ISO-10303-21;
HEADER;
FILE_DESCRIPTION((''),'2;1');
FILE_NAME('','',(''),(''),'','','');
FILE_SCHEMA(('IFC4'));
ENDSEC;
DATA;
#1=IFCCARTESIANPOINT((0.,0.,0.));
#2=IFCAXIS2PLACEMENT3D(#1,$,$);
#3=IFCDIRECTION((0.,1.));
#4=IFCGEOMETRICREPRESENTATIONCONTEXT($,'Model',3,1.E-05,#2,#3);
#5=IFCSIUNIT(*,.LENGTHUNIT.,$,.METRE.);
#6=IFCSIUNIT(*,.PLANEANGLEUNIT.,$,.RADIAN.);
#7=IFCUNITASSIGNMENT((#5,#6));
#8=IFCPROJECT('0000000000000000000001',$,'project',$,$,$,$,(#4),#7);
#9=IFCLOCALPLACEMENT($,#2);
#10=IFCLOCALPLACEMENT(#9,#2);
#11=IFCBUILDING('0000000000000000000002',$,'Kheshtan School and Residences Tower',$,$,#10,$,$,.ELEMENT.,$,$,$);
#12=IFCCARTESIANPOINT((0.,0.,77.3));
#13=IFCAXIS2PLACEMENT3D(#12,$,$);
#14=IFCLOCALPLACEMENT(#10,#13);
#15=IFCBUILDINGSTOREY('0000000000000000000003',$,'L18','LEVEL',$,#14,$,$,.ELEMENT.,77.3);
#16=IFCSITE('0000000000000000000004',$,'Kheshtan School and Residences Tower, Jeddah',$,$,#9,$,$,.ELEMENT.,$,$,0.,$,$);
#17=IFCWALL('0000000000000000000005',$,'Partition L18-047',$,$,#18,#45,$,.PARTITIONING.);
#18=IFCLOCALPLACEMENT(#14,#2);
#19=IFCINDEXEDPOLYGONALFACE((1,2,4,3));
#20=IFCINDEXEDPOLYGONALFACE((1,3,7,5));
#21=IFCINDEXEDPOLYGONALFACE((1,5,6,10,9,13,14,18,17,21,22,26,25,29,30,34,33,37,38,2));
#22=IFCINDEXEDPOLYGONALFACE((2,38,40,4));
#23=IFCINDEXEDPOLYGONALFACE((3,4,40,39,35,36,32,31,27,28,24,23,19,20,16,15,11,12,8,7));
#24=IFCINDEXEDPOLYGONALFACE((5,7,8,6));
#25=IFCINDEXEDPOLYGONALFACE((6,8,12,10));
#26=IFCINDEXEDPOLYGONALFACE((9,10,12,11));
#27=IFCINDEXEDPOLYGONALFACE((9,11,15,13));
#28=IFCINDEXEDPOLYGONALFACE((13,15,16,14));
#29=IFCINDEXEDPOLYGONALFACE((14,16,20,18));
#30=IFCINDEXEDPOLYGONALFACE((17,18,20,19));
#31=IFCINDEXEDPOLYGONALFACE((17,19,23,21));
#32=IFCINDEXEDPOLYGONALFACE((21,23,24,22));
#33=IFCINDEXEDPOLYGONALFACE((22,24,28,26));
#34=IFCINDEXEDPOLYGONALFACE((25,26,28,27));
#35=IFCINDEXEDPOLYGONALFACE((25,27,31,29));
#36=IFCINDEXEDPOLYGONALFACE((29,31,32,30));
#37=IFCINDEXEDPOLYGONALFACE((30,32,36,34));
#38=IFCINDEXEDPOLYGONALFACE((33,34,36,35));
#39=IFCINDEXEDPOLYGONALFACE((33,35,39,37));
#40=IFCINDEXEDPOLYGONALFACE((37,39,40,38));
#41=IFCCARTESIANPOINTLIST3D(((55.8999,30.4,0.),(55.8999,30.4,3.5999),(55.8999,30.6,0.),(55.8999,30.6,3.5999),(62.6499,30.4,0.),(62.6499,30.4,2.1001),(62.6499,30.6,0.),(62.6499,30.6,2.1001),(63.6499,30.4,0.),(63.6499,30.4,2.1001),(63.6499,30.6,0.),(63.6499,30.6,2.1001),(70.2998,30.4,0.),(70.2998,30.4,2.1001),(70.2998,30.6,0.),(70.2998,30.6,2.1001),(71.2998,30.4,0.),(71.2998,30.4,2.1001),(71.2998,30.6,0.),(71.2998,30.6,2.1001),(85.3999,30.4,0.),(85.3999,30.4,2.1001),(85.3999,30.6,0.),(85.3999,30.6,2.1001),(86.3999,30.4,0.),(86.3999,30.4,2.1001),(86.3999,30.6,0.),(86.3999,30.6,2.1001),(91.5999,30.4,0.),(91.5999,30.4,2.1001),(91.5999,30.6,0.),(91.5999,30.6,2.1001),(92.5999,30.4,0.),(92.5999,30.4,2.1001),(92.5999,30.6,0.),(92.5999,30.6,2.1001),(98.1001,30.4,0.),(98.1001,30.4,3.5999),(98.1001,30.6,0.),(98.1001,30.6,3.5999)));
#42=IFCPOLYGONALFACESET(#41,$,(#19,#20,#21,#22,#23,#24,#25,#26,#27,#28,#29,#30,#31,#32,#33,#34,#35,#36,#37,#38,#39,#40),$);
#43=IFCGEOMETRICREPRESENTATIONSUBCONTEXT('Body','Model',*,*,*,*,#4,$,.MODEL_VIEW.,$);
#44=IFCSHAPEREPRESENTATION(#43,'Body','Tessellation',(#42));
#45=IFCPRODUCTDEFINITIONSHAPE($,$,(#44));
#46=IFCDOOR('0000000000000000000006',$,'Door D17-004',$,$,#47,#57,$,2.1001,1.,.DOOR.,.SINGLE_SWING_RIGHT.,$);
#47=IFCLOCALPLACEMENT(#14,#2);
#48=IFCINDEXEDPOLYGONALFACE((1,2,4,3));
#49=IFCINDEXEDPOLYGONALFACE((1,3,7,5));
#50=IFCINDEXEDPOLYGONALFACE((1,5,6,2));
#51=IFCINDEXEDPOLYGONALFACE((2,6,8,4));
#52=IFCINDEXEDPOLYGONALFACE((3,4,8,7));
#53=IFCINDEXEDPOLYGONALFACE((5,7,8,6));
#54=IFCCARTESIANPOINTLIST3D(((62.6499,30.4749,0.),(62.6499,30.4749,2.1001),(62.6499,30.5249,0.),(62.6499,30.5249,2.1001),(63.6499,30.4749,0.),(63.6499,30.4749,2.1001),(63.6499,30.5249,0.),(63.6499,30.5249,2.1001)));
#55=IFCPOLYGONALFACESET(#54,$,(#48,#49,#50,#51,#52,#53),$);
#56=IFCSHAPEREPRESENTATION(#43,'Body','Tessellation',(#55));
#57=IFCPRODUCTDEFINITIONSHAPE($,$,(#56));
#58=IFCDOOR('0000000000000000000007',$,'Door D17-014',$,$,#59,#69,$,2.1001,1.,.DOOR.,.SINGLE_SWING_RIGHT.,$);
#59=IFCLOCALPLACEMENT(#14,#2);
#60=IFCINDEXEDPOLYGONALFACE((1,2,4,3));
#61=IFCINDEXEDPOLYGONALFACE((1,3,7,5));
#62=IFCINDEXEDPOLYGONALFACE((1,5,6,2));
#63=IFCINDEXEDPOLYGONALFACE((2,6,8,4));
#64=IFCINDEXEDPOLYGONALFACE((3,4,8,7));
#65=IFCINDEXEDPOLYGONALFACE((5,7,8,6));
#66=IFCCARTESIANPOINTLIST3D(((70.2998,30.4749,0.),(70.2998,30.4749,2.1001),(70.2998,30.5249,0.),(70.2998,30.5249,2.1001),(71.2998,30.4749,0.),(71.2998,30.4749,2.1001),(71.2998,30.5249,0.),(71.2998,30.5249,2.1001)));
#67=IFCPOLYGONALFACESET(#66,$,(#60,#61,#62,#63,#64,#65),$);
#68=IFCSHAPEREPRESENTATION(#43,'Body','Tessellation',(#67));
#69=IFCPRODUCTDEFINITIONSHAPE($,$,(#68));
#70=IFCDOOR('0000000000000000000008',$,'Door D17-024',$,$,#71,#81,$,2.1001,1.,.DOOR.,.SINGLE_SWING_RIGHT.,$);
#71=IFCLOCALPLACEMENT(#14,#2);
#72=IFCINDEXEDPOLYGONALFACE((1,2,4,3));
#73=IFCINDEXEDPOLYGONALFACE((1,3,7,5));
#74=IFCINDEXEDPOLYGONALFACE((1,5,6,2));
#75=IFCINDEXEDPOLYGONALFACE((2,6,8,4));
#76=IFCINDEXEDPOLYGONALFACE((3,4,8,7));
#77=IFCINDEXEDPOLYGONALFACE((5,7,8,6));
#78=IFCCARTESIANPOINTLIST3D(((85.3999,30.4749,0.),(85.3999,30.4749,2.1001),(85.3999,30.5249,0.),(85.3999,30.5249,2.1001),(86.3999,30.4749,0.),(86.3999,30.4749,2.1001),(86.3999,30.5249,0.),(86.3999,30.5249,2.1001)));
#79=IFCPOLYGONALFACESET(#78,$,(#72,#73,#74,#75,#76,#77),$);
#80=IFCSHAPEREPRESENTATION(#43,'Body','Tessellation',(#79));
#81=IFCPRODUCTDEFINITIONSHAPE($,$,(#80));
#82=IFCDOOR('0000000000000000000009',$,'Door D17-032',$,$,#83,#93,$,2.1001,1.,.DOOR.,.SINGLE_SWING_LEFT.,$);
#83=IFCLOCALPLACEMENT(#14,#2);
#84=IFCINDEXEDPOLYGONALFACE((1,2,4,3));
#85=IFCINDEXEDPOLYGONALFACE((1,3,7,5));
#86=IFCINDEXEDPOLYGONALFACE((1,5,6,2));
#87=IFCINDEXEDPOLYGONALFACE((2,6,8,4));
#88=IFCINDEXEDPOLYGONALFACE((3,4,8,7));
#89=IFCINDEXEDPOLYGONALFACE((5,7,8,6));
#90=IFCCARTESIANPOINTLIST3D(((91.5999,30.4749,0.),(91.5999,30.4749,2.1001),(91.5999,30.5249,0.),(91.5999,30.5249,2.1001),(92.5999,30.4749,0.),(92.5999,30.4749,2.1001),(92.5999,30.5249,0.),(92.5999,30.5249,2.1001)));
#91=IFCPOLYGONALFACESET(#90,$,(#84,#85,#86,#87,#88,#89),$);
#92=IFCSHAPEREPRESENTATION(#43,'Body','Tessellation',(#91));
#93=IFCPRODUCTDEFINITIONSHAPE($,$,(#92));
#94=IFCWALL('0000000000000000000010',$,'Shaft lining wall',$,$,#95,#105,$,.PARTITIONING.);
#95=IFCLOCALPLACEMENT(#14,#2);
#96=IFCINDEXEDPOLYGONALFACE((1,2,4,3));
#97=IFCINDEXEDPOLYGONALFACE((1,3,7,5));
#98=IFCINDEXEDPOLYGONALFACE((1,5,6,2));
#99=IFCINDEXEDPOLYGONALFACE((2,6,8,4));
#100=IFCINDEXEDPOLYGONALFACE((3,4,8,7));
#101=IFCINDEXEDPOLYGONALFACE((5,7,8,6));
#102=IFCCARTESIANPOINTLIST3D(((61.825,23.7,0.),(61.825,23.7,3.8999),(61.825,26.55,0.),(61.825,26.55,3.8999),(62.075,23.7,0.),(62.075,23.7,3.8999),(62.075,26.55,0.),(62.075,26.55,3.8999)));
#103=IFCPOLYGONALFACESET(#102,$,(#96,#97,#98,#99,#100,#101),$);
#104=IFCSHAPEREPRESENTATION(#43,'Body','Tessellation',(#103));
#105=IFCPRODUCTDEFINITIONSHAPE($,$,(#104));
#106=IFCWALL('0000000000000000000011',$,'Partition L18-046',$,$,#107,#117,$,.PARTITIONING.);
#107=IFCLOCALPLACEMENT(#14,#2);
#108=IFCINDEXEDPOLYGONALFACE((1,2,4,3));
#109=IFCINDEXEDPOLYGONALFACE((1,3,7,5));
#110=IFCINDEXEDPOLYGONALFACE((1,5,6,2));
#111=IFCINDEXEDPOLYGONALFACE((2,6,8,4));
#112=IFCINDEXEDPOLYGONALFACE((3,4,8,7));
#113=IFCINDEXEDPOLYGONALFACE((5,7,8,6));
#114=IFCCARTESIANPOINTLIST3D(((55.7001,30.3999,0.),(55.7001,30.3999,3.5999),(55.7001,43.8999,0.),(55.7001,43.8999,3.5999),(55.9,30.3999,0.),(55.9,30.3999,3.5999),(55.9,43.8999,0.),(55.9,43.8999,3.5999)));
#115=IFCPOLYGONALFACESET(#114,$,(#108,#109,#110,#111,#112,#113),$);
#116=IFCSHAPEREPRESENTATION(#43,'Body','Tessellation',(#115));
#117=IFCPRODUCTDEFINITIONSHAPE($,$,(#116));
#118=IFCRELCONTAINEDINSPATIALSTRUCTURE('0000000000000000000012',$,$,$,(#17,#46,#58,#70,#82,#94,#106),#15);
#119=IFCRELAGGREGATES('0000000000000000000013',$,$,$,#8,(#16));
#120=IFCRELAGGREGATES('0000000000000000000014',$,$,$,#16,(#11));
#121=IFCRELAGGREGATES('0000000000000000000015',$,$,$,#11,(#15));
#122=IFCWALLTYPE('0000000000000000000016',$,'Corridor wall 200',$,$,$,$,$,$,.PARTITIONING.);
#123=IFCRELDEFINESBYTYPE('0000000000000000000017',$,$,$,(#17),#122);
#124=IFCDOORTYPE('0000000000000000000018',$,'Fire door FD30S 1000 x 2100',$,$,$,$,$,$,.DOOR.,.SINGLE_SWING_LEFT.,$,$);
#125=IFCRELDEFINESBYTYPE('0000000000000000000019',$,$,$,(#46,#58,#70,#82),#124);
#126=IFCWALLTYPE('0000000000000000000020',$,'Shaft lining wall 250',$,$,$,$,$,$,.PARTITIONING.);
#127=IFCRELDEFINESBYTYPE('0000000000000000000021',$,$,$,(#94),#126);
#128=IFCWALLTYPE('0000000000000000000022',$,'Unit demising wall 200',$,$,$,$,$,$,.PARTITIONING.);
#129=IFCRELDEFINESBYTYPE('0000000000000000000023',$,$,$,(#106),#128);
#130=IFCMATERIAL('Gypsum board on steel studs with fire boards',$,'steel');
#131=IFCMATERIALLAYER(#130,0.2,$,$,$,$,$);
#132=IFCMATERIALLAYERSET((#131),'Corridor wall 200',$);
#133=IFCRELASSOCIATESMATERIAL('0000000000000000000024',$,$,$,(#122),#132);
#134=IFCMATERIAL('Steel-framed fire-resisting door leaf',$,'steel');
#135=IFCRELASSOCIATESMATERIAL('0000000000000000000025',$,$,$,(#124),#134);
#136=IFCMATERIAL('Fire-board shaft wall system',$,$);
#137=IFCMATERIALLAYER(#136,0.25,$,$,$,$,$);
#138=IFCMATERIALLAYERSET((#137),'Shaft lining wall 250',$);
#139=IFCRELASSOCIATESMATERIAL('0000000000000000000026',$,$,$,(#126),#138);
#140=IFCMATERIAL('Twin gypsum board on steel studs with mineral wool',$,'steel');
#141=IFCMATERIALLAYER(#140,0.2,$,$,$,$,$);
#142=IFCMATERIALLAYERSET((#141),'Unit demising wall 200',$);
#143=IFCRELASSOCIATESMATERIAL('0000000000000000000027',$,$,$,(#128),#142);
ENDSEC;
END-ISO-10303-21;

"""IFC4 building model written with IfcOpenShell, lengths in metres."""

from ifc_helpers import new_model, si_unit, direction, frame, frame_2d, origin, place, context, subcontext, project, spatial, rectangle, extrude, source, transform, mapped, material, layer, layer_set, type_object, element, fill, save


model = new_model("IFC4")

# Units and contexts
model_context = context("Model", 3, precision=1e-05, world=origin(), true_north=direction((0.0, 1.0)))
body_context = subcontext(model_context, "Body", "Model", "MODEL_VIEW")
ifc_project = project(units=[si_unit("LENGTHUNIT", "METRE"), si_unit("PLANEANGLEUNIT", "RADIAN")], contexts=[model_context])

# Site, building, storey
site_placement = place(None, origin())
site = spatial("IfcSite", under=ifc_project, at=site_placement, Name="Kheshtan School and Residences Tower, Jeddah", CompositionType="ELEMENT", RefElevation=0.0)
building_placement = place(site_placement, origin())
building = spatial("IfcBuilding", under=site, at=building_placement, Name="Kheshtan School and Residences Tower", CompositionType="ELEMENT")
storey_placement = place(building_placement, frame((0.0, 0.0, 77.3)))
storey = spatial("IfcBuildingStorey", under=building, at=storey_placement, Name="L18", Description="LEVEL", CompositionType="ELEMENT", Elevation=77.3)

# Wall, openings, doors
ifc_material_1 = material(Name="Gypsum board on steel studs with fire boards", Category="steel")
ifc_layer_1 = layer(ifc_material_1, 0.2)
ifc_layer_set_1 = layer_set([ifc_layer_1], Name="Corridor wall 200")
wall_type_1 = type_object("IfcWallType", Name="Corridor wall 200", PredefinedType="PARTITIONING", material=ifc_layer_set_1)
wall_1_placement = place(storey_placement, frame((55.8999, 30.5, 0.0), z_axis=(0.0, 0.0, 1.0), x_axis=(1.0, 0.0, 0.0)))
wall_1 = element("IfcWall", 1, at=wall_1_placement, inside=storey, type_object=wall_type_1, Name="Partition L18-047", PredefinedType="PARTITIONING", context=body_context, shape_type="SweptSolid", body=[
    extrude(rectangle(XDim=42.2002, YDim=0.2, at=frame_2d((21.1001, 0.0))), origin(), (0.0, 0.0, 1.0), 3.5999),
])
opening_1_placement = place(wall_1_placement, frame((6.75, 0.0, 0.0)))
opening_1 = element("IfcOpeningElement", 2, at=opening_1_placement, cuts=wall_1, PredefinedType="OPENING", context=body_context, shape_type="SweptSolid", body=[
    extrude(rectangle(XDim=1.0, YDim=2.1001, at=frame_2d((0.5, 1.05))), frame((0.0, 0.1099, 0.0), z_axis=(0.0, -1.0, 0.0), x_axis=(1.0, 0.0, 0.0)), (0.0, 0.0, 1.0), 0.22),
])
opening_2_placement = place(wall_1_placement, frame((14.3999, 0.0, 0.0)))
opening_2 = element("IfcOpeningElement", 3, at=opening_2_placement, cuts=wall_1, PredefinedType="OPENING", context=body_context, shape_type="SweptSolid", body=[
    extrude(rectangle(XDim=1.0, YDim=2.1001, at=frame_2d((0.5, 1.05))), frame((0.0, 0.1099, 0.0), z_axis=(0.0, -1.0, 0.0), x_axis=(1.0, 0.0, 0.0)), (0.0, 0.0, 1.0), 0.22),
])
opening_3_placement = place(wall_1_placement, frame((29.5, 0.0, 0.0)))
opening_3 = element("IfcOpeningElement", 4, at=opening_3_placement, cuts=wall_1, PredefinedType="OPENING", context=body_context, shape_type="SweptSolid", body=[
    extrude(rectangle(XDim=1.0, YDim=2.1001, at=frame_2d((0.5, 1.05))), frame((0.0, 0.1099, 0.0), z_axis=(0.0, -1.0, 0.0), x_axis=(1.0, 0.0, 0.0)), (0.0, 0.0, 1.0), 0.22),
])
opening_4_placement = place(wall_1_placement, frame((35.7, 0.0, 0.0)))
opening_4 = element("IfcOpeningElement", 5, at=opening_4_placement, cuts=wall_1, PredefinedType="OPENING", context=body_context, shape_type="SweptSolid", body=[
    extrude(rectangle(XDim=1.0, YDim=2.1001, at=frame_2d((0.5, 1.05))), frame((0.0, 0.1099, 0.0), z_axis=(0.0, -1.0, 0.0), x_axis=(1.0, 0.0, 0.0)), (0.0, 0.0, 1.0), 0.22),
])
ifc_material_2 = material(Name="Steel-framed fire-resisting door leaf", Category="steel")
door_type_1 = type_object("IfcDoorType", Name="Fire door FD30S 1000 x 2100", OperationType="SINGLE_SWING_LEFT", PredefinedType="DOOR", material=ifc_material_2)
shared_shape_1 = source(origin(), body_context, "Body", "SweptSolid", [
    extrude(rectangle(XDim=1.0, YDim=2.1001, at=frame_2d((0.5, 1.05))), frame((0.0, 0.0249, 0.0), z_axis=(0.0, -1.0, 0.0), x_axis=(1.0, 0.0, 0.0)), (0.0, 0.0, 1.0), 0.05),
])
door_1_placement = place(opening_1_placement, origin())
door_1 = element("IfcDoor", 6, at=door_1_placement, inside=storey, type_object=door_type_1, Name="Door D17-004", OperationType="SINGLE_SWING_RIGHT", OverallHeight=2.1001, OverallWidth=1.0, PredefinedType="DOOR", context=body_context, shape_type="MappedRepresentation", body=[
    mapped(shared_shape_1, transform((0.0, 0.0, 0.0), x_axis=(1.0, 0.0, 0.0), y_axis=(0.0, 1.0, 0.0), z_axis=(0.0, 0.0, 1.0), scale=1.0)),
])
fill(opening_1, door_1)
door_2_placement = place(opening_2_placement, origin())
door_2 = element("IfcDoor", 7, at=door_2_placement, inside=storey, type_object=door_type_1, Name="Door D17-014", OperationType="SINGLE_SWING_RIGHT", OverallHeight=2.1001, OverallWidth=1.0, PredefinedType="DOOR", context=body_context, shape_type="MappedRepresentation", body=[
    mapped(shared_shape_1, transform((0.0, 0.0, 0.0), x_axis=(1.0, 0.0, 0.0), y_axis=(0.0, 1.0, 0.0), z_axis=(0.0, 0.0, 1.0), scale=1.0)),
])
fill(opening_2, door_2)
door_3_placement = place(opening_3_placement, origin())
door_3 = element("IfcDoor", 8, at=door_3_placement, inside=storey, type_object=door_type_1, Name="Door D17-024", OperationType="SINGLE_SWING_RIGHT", OverallHeight=2.1001, OverallWidth=1.0, PredefinedType="DOOR", context=body_context, shape_type="MappedRepresentation", body=[
    mapped(shared_shape_1, transform((0.0, 0.0, 0.0), x_axis=(1.0, 0.0, 0.0), y_axis=(0.0, 1.0, 0.0), z_axis=(0.0, 0.0, 1.0), scale=1.0)),
])
fill(opening_3, door_3)
door_4_placement = place(opening_4_placement, origin())
door_4 = element("IfcDoor", 9, at=door_4_placement, inside=storey, type_object=door_type_1, Name="Door D17-032", OperationType="SINGLE_SWING_LEFT", OverallHeight=2.1001, OverallWidth=1.0, PredefinedType="DOOR", context=body_context, shape_type="MappedRepresentation", body=[
    mapped(shared_shape_1, transform((0.0, 0.0, 0.0), x_axis=(1.0, 0.0, 0.0), y_axis=(0.0, 1.0, 0.0), z_axis=(0.0, 0.0, 1.0), scale=1.0)),
])
fill(opening_4, door_4)

# Walls
ifc_material_3 = material(Name="Fire-board shaft wall system")
ifc_layer_2 = layer(ifc_material_3, 0.25)
ifc_layer_set_2 = layer_set([ifc_layer_2], Name="Shaft lining wall 250")
wall_type_2 = type_object("IfcWallType", Name="Shaft lining wall 250", PredefinedType="PARTITIONING", material=ifc_layer_set_2)
wall_2_placement = place(storey_placement, frame((61.95, 23.7, 0.0), z_axis=(0.0, 0.0, 1.0), x_axis=(0.0, 1.0, 0.0)))
element("IfcWall", 10, at=wall_2_placement, inside=storey, type_object=wall_type_2, Name="Shaft lining wall", PredefinedType="PARTITIONING", context=body_context, shape_type="SweptSolid", body=[
    extrude(rectangle(XDim=2.8501, YDim=0.25, at=frame_2d((1.425, 0.0))), origin(), (0.0, 0.0, 1.0), 3.8999),
])
ifc_material_4 = material(Name="Twin gypsum board on steel studs with mineral wool", Category="steel")
ifc_layer_3 = layer(ifc_material_4, 0.2)
ifc_layer_set_3 = layer_set([ifc_layer_3], Name="Unit demising wall 200")
wall_type_3 = type_object("IfcWallType", Name="Unit demising wall 200", PredefinedType="PARTITIONING", material=ifc_layer_set_3)
wall_3_placement = place(storey_placement, frame((55.8, 30.3999, 0.0), z_axis=(0.0, 0.0, 1.0), x_axis=(0.0, 1.0, 0.0)))
element("IfcWall", 11, at=wall_3_placement, inside=storey, type_object=wall_type_3, Name="Partition L18-046", PredefinedType="PARTITIONING", context=body_context, shape_type="SweptSolid", body=[
    extrude(rectangle(XDim=13.5, YDim=0.2, at=frame_2d((6.75, 0.0))), origin(), (0.0, 0.0, 1.0), 3.5999),
])

save(model, "model.ifc")
